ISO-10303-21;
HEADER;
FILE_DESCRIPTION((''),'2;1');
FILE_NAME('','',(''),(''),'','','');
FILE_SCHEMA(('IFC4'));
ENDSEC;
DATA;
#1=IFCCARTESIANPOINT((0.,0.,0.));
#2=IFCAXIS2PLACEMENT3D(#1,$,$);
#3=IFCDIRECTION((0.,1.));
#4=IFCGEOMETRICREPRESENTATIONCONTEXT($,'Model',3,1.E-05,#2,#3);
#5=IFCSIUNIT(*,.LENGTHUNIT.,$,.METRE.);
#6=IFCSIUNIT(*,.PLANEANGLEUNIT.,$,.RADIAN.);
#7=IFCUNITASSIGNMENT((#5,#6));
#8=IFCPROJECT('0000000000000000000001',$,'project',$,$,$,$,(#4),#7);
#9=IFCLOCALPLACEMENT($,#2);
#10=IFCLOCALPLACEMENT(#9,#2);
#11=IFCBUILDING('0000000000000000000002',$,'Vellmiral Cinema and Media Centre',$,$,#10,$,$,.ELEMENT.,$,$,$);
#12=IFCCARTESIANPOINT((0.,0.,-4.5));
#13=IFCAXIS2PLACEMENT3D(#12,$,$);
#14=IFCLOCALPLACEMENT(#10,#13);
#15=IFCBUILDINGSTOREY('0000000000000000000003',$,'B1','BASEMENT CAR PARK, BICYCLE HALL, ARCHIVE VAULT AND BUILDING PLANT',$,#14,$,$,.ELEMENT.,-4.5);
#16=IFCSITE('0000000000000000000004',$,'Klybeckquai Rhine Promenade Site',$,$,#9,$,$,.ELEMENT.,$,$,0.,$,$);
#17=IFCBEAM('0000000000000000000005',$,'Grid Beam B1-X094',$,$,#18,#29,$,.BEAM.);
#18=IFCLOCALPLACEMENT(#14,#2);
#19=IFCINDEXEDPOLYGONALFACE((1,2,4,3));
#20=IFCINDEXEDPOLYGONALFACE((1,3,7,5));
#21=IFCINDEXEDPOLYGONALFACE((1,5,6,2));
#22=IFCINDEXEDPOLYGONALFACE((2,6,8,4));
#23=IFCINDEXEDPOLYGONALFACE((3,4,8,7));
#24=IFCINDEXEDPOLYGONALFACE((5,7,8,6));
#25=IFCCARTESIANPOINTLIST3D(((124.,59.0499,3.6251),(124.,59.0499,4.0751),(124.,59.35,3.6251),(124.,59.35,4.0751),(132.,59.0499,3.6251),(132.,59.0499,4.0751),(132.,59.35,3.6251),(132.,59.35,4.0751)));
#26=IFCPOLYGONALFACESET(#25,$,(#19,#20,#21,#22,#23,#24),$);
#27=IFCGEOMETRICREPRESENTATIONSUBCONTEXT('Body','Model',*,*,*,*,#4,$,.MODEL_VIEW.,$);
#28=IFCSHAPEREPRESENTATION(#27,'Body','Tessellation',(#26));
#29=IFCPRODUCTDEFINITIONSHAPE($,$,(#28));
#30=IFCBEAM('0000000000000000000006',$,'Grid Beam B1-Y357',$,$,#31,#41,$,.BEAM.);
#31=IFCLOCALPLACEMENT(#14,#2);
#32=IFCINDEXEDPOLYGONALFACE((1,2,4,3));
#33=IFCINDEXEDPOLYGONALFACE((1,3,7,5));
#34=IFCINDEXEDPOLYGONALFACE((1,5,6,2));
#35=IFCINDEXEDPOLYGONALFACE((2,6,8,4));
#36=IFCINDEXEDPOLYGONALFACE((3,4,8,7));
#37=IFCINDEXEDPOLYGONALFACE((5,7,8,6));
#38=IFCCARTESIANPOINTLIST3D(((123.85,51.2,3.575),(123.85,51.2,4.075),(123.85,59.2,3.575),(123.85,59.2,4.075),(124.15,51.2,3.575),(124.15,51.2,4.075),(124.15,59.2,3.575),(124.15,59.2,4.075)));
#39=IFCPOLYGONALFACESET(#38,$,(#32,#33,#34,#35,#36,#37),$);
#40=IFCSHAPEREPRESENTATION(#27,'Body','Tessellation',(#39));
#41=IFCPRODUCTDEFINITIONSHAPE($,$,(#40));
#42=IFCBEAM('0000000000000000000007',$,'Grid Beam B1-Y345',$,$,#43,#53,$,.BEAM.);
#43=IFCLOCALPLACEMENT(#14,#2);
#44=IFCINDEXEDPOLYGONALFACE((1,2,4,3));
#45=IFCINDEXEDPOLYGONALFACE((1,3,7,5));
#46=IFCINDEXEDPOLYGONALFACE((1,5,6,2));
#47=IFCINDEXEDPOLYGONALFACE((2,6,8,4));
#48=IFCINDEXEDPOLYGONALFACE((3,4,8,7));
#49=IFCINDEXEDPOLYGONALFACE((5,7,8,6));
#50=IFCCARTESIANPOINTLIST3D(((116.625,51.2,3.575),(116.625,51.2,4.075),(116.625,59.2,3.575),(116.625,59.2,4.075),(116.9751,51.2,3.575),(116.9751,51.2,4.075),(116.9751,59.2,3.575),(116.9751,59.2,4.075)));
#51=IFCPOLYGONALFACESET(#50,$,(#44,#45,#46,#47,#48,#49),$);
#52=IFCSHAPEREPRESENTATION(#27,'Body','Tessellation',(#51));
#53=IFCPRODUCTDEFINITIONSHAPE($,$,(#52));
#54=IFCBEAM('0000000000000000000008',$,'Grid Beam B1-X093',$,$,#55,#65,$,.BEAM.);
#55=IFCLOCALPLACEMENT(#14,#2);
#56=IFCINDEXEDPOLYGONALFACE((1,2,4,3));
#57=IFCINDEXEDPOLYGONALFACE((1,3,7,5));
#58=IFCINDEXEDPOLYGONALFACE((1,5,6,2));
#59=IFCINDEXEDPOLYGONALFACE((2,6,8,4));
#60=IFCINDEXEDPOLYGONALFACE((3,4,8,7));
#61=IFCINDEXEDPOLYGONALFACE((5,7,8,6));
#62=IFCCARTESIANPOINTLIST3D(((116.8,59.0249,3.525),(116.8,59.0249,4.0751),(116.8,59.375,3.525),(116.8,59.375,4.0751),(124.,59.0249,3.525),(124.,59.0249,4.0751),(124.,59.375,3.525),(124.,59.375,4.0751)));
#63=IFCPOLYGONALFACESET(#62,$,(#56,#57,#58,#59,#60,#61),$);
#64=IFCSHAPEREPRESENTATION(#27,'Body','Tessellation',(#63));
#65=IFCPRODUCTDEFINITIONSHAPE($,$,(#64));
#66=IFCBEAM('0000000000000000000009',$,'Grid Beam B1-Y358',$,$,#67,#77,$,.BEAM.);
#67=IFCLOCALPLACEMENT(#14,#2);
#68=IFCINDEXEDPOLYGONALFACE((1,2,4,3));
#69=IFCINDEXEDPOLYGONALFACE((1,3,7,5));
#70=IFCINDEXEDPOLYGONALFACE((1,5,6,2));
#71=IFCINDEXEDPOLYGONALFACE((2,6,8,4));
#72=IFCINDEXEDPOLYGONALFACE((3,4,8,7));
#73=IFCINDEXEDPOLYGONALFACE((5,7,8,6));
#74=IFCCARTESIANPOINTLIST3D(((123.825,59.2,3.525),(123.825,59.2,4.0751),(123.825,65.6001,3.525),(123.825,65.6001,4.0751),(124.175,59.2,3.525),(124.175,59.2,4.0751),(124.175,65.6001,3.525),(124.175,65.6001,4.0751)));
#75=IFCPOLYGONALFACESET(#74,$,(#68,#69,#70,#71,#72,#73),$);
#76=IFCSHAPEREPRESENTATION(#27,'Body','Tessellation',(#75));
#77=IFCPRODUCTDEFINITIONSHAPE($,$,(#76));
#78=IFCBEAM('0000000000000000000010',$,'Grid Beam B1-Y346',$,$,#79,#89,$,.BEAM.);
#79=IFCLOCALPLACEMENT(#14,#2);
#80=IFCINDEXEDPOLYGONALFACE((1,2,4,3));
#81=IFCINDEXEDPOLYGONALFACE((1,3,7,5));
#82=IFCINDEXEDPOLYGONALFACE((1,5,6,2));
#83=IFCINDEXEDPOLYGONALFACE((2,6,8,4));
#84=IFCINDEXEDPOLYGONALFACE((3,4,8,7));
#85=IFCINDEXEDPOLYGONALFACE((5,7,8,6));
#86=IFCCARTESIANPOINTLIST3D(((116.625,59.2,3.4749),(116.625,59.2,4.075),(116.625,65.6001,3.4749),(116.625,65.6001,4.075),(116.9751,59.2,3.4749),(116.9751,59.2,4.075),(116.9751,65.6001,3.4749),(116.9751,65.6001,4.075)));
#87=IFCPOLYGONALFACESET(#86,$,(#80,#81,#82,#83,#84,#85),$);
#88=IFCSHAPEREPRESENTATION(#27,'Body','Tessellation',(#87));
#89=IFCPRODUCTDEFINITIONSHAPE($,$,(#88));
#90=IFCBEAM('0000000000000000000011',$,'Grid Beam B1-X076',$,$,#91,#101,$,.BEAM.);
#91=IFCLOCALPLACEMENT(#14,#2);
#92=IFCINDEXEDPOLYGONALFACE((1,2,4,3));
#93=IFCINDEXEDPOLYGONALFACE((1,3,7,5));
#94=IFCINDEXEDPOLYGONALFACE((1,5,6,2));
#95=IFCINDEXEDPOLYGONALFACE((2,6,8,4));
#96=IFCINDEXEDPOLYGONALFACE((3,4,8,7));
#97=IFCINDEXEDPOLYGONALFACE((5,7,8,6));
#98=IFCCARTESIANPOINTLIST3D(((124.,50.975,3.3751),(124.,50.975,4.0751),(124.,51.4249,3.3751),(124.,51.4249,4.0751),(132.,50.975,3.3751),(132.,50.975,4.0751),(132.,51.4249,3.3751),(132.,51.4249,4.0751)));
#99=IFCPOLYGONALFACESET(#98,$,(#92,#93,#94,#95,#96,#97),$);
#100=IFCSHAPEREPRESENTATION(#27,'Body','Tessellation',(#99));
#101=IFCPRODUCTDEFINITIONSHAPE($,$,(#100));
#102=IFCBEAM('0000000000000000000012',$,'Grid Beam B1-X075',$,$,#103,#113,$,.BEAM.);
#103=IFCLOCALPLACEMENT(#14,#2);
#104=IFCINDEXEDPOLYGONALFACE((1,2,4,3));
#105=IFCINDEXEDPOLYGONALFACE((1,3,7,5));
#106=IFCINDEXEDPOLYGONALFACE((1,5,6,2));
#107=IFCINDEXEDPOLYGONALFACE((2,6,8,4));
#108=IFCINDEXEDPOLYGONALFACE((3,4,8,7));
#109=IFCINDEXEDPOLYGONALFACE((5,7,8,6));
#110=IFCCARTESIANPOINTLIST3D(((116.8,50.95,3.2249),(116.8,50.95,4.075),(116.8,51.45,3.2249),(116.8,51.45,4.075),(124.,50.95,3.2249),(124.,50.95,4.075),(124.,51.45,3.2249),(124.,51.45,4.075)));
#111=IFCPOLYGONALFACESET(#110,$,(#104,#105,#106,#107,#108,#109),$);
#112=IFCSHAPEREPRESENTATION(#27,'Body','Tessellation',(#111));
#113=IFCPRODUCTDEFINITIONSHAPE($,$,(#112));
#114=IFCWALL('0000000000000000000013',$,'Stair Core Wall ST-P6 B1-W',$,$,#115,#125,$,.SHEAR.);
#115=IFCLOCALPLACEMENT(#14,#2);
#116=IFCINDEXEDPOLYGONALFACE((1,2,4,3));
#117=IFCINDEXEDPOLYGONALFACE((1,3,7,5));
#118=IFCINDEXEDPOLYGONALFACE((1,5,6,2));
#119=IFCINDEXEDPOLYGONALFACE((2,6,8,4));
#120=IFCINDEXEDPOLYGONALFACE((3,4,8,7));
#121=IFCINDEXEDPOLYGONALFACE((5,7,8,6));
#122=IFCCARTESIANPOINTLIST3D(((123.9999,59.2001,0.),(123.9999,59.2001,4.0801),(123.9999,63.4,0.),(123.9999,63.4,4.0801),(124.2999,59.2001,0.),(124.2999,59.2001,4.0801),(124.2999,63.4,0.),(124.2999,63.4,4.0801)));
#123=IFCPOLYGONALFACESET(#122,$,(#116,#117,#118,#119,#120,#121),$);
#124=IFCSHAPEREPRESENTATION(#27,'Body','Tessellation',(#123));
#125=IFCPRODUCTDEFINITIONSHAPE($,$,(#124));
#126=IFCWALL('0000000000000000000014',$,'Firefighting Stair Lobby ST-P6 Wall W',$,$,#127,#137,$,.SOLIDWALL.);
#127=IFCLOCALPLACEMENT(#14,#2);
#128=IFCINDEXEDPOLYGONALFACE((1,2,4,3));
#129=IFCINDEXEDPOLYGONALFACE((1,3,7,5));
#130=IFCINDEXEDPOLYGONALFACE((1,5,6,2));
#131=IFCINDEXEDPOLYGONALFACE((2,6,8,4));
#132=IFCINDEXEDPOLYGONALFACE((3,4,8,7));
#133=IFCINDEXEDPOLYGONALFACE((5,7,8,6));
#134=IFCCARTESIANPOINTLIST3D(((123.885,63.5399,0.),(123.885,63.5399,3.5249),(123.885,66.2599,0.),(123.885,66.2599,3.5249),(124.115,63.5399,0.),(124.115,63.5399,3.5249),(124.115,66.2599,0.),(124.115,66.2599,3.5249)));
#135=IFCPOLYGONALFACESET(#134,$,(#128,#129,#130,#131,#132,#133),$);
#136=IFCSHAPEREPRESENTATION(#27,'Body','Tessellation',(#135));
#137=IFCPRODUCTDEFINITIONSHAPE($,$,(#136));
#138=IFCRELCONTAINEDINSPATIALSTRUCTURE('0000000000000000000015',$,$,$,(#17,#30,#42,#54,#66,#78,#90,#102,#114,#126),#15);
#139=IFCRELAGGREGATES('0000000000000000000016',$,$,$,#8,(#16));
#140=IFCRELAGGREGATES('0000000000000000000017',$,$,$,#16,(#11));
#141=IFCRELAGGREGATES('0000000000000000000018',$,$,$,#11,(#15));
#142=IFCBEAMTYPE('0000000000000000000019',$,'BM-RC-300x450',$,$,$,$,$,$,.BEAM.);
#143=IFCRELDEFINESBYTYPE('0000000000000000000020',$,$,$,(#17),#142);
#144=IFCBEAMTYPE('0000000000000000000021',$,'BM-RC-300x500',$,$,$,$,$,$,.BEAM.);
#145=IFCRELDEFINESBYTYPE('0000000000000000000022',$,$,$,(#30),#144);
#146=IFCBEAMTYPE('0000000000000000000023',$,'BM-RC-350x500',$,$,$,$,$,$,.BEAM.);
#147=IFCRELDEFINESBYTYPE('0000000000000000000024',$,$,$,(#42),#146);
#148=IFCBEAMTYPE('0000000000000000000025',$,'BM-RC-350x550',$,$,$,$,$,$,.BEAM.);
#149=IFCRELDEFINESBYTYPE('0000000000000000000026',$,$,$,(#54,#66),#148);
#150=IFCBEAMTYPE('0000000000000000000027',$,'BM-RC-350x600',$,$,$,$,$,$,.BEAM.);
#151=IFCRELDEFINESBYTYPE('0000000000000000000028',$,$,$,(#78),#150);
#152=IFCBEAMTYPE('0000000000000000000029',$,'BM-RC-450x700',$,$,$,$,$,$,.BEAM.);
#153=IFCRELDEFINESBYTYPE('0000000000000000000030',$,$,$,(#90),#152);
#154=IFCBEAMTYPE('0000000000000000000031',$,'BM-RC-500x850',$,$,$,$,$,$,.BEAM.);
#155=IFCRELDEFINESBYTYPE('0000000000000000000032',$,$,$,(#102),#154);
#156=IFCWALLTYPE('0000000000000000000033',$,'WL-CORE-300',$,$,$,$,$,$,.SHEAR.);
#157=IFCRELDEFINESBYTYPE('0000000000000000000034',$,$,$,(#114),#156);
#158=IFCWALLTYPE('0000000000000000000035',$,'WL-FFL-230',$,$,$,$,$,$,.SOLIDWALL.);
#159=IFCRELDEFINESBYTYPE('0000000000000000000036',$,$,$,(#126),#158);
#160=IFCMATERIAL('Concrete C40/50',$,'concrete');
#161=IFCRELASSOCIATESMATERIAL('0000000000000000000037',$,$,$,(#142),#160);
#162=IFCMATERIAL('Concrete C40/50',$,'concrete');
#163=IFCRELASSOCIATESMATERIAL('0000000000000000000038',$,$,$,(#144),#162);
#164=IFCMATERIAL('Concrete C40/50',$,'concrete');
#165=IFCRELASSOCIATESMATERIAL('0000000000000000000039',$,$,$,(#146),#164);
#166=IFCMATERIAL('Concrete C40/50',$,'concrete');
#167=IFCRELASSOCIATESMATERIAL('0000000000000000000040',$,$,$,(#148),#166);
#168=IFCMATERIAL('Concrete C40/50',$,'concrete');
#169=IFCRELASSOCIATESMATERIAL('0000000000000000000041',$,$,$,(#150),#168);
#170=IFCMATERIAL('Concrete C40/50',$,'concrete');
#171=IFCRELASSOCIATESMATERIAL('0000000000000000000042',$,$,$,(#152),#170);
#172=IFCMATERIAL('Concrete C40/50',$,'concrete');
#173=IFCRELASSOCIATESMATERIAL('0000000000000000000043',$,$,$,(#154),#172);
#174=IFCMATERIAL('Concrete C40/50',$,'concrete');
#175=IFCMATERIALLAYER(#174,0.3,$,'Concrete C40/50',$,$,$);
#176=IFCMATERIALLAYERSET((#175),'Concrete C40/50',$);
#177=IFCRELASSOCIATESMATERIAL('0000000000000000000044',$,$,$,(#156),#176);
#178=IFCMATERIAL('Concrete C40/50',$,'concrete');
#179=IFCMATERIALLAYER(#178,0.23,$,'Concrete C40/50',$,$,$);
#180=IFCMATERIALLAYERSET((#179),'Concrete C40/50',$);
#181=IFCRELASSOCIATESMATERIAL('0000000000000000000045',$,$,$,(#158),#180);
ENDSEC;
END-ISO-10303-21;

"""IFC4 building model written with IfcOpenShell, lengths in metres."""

from ifc_helpers import new_model, si_unit, direction, frame, frame_2d, origin, origin_2d, place, context, subcontext, project, spatial, rectangle, extrude, material, layer, layer_set, material_profile, profile_set, type_object, element, save


model = new_model("IFC4")

# Units and contexts
model_context = context("Model", 3, precision=1e-05, world=origin(), true_north=direction((0.0, 1.0)))
body_context = subcontext(model_context, "Body", "Model", "MODEL_VIEW")
ifc_project = project(units=[si_unit("LENGTHUNIT", "METRE"), si_unit("PLANEANGLEUNIT", "RADIAN")], contexts=[model_context])

# Site, building, storey
site_placement = place(None, origin())
site = spatial("IfcSite", under=ifc_project, at=site_placement, Name="Klybeckquai Rhine Promenade Site", CompositionType="ELEMENT", RefElevation=0.0)
building_placement = place(site_placement, origin())
building = spatial("IfcBuilding", under=site, at=building_placement, Name="Vellmiral Cinema and Media Centre", CompositionType="ELEMENT")
storey_placement = place(building_placement, frame((0.0, 0.0, -4.5)))
storey = spatial("IfcBuildingStorey", under=building, at=storey_placement, Name="B1", Description="BASEMENT CAR PARK, BICYCLE HALL, ARCHIVE VAULT AND BUILDING PLANT", CompositionType="ELEMENT", Elevation=-4.5)

# Beams
ifc_material_1 = material(Name="Concrete C40/50", Category="concrete")
ifc_material_profile_1 = material_profile(ifc_material_1, rectangle(XDim=0.3, YDim=0.45, at=origin_2d()), Name="RC 300x450")
ifc_profile_set_1 = profile_set([ifc_material_profile_1], Name="Concrete C40/50")
beam_type_1 = type_object("IfcBeamType", Name="BM-RC-300x450", PredefinedType="BEAM", material=ifc_profile_set_1)
beam_1_placement = place(storey_placement, frame((124.0, 59.2, 3.8501), z_axis=(1.0, 0.0, 0.0), x_axis=(0.0, 1.0, 0.0)))
element("IfcBeam", 1, at=beam_1_placement, inside=storey, type_object=beam_type_1, Name="Grid Beam B1-X094", PredefinedType="BEAM", context=body_context, shape_type="SweptSolid", body=[
    extrude(rectangle(XDim=0.3, YDim=0.45, at=origin_2d()), origin(), (0.0, 0.0, 1.0), 8.0),
])
ifc_material_2 = material(Name="Concrete C40/50", Category="concrete")
ifc_material_profile_2 = material_profile(ifc_material_2, rectangle(XDim=0.3, YDim=0.5, at=origin_2d()), Name="RC 300x500")
ifc_profile_set_2 = profile_set([ifc_material_profile_2], Name="Concrete C40/50")
beam_type_2 = type_object("IfcBeamType", Name="BM-RC-300x500", PredefinedType="BEAM", material=ifc_profile_set_2)
beam_2_placement = place(storey_placement, frame((124.0, 51.2, 3.825), z_axis=(0.0, 1.0, 0.0), x_axis=(-1.0, 0.0, 0.0)))
element("IfcBeam", 2, at=beam_2_placement, inside=storey, type_object=beam_type_2, Name="Grid Beam B1-Y357", PredefinedType="BEAM", context=body_context, shape_type="SweptSolid", body=[
    extrude(rectangle(XDim=0.3, YDim=0.5, at=origin_2d()), origin(), (0.0, 0.0, 1.0), 8.0),
])
ifc_material_3 = material(Name="Concrete C40/50", Category="concrete")
ifc_material_profile_3 = material_profile(ifc_material_3, rectangle(XDim=0.3501, YDim=0.5, at=origin_2d()), Name="RC 350x500")
ifc_profile_set_3 = profile_set([ifc_material_profile_3], Name="Concrete C40/50")
beam_type_3 = type_object("IfcBeamType", Name="BM-RC-350x500", PredefinedType="BEAM", material=ifc_profile_set_3)
beam_3_placement = place(storey_placement, frame((116.8, 51.2, 3.825), z_axis=(0.0, 1.0, 0.0), x_axis=(-1.0, 0.0, 0.0)))
element("IfcBeam", 3, at=beam_3_placement, inside=storey, type_object=beam_type_3, Name="Grid Beam B1-Y345", PredefinedType="BEAM", context=body_context, shape_type="SweptSolid", body=[
    extrude(rectangle(XDim=0.3501, YDim=0.5, at=origin_2d()), origin(), (0.0, 0.0, 1.0), 8.0),
])
ifc_material_4 = material(Name="Concrete C40/50", Category="concrete")
ifc_material_profile_4 = material_profile(ifc_material_4, rectangle(XDim=0.3501, YDim=0.55, at=origin_2d()), Name="RC 350x550")
ifc_profile_set_4 = profile_set([ifc_material_profile_4], Name="Concrete C40/50")
beam_type_4 = type_object("IfcBeamType", Name="BM-RC-350x550", PredefinedType="BEAM", material=ifc_profile_set_4)
beam_4_placement = place(storey_placement, frame((116.8, 59.2, 3.8), z_axis=(1.0, 0.0, 0.0), x_axis=(0.0, 1.0, 0.0)))
element("IfcBeam", 4, at=beam_4_placement, inside=storey, type_object=beam_type_4, Name="Grid Beam B1-X093", PredefinedType="BEAM", context=body_context, shape_type="SweptSolid", body=[
    extrude(rectangle(XDim=0.3501, YDim=0.55, at=origin_2d()), origin(), (0.0, 0.0, 1.0), 7.2),
])
beam_5_placement = place(storey_placement, frame((124.0, 59.2, 3.8), z_axis=(0.0, 1.0, 0.0), x_axis=(-1.0, 0.0, 0.0)))
element("IfcBeam", 5, at=beam_5_placement, inside=storey, type_object=beam_type_4, Name="Grid Beam B1-Y358", PredefinedType="BEAM", context=body_context, shape_type="SweptSolid", body=[
    extrude(rectangle(XDim=0.3501, YDim=0.55, at=origin_2d()), origin(), (0.0, 0.0, 1.0), 6.4001),
])
ifc_material_5 = material(Name="Concrete C40/50", Category="concrete")
ifc_material_profile_5 = material_profile(ifc_material_5, rectangle(XDim=0.3501, YDim=0.6001, at=origin_2d()), Name="RC 350x600")
ifc_profile_set_5 = profile_set([ifc_material_profile_5], Name="Concrete C40/50")
beam_type_5 = type_object("IfcBeamType", Name="BM-RC-350x600", PredefinedType="BEAM", material=ifc_profile_set_5)
beam_6_placement = place(storey_placement, frame((116.8, 59.2, 3.7749), z_axis=(0.0, 1.0, 0.0), x_axis=(-1.0, 0.0, 0.0)))
element("IfcBeam", 6, at=beam_6_placement, inside=storey, type_object=beam_type_5, Name="Grid Beam B1-Y346", PredefinedType="BEAM", context=body_context, shape_type="SweptSolid", body=[
    extrude(rectangle(XDim=0.3501, YDim=0.6001, at=origin_2d()), origin(), (0.0, 0.0, 1.0), 6.4001),
])
ifc_material_6 = material(Name="Concrete C40/50", Category="concrete")
ifc_material_profile_6 = material_profile(ifc_material_6, rectangle(XDim=0.45, YDim=0.7, at=origin_2d()), Name="RC 450x700")
ifc_profile_set_6 = profile_set([ifc_material_profile_6], Name="Concrete C40/50")
beam_type_6 = type_object("IfcBeamType", Name="BM-RC-450x700", PredefinedType="BEAM", material=ifc_profile_set_6)
beam_7_placement = place(storey_placement, frame((124.0, 51.2, 3.7251), z_axis=(1.0, 0.0, 0.0), x_axis=(0.0, 1.0, 0.0)))
element("IfcBeam", 7, at=beam_7_placement, inside=storey, type_object=beam_type_6, Name="Grid Beam B1-X076", PredefinedType="BEAM", context=body_context, shape_type="SweptSolid", body=[
    extrude(rectangle(XDim=0.45, YDim=0.7, at=origin_2d()), origin(), (0.0, 0.0, 1.0), 8.0),
])
ifc_material_7 = material(Name="Concrete C40/50", Category="concrete")
ifc_material_profile_7 = material_profile(ifc_material_7, rectangle(XDim=0.5, YDim=0.8501, at=origin_2d()), Name="RC 500x850")
ifc_profile_set_7 = profile_set([ifc_material_profile_7], Name="Concrete C40/50")
beam_type_7 = type_object("IfcBeamType", Name="BM-RC-500x850", PredefinedType="BEAM", material=ifc_profile_set_7)
beam_8_placement = place(storey_placement, frame((116.8, 51.2, 3.6499), z_axis=(1.0, 0.0, 0.0), x_axis=(0.0, 1.0, 0.0)))
element("IfcBeam", 8, at=beam_8_placement, inside=storey, type_object=beam_type_7, Name="Grid Beam B1-X075", PredefinedType="BEAM", context=body_context, shape_type="SweptSolid", body=[
    extrude(rectangle(XDim=0.5, YDim=0.8501, at=origin_2d()), origin(), (0.0, 0.0, 1.0), 7.2),
])

# Walls
ifc_material_8 = material(Name="Concrete C40/50", Category="concrete")
ifc_layer_1 = layer(ifc_material_8, 0.3, Name="Concrete C40/50")
ifc_layer_set_1 = layer_set([ifc_layer_1], Name="Concrete C40/50")
wall_type_1 = type_object("IfcWallType", Name="WL-CORE-300", PredefinedType="SHEAR", material=ifc_layer_set_1)
wall_1_placement = place(storey_placement, frame((124.1499, 59.2, 0.0), z_axis=(0.0, 0.0, 1.0), x_axis=(0.0, 1.0, 0.0)))
element("IfcWall", 9, at=wall_1_placement, inside=storey, type_object=wall_type_1, Name="Stair Core Wall ST-P6 B1-W", PredefinedType="SHEAR", context=body_context, shape_type="SweptSolid", body=[
    extrude(rectangle(XDim=4.2, YDim=0.3, at=frame_2d((2.1001, 0.0))), origin(), (0.0, 0.0, 1.0), 4.0801),
])
ifc_material_9 = material(Name="Concrete C40/50", Category="concrete")
ifc_layer_2 = layer(ifc_material_9, 0.23, Name="Concrete C40/50")
ifc_layer_set_2 = layer_set([ifc_layer_2], Name="Concrete C40/50")
wall_type_2 = type_object("IfcWallType", Name="WL-FFL-230", PredefinedType="SOLIDWALL", material=ifc_layer_set_2)
wall_2_placement = place(storey_placement, frame((124.0, 63.54, 0.0), z_axis=(0.0, 0.0, 1.0), x_axis=(0.0, 1.0, 0.0)))
element("IfcWall", 10, at=wall_2_placement, inside=storey, type_object=wall_type_2, Name="Firefighting Stair Lobby ST-P6 Wall W", PredefinedType="SOLIDWALL", context=body_context, shape_type="SweptSolid", body=[
    extrude(rectangle(XDim=2.72, YDim=0.23, at=frame_2d((1.3599, 0.0))), origin(), (0.0, 0.0, 1.0), 3.5249),
])

save(model, "model.ifc")
